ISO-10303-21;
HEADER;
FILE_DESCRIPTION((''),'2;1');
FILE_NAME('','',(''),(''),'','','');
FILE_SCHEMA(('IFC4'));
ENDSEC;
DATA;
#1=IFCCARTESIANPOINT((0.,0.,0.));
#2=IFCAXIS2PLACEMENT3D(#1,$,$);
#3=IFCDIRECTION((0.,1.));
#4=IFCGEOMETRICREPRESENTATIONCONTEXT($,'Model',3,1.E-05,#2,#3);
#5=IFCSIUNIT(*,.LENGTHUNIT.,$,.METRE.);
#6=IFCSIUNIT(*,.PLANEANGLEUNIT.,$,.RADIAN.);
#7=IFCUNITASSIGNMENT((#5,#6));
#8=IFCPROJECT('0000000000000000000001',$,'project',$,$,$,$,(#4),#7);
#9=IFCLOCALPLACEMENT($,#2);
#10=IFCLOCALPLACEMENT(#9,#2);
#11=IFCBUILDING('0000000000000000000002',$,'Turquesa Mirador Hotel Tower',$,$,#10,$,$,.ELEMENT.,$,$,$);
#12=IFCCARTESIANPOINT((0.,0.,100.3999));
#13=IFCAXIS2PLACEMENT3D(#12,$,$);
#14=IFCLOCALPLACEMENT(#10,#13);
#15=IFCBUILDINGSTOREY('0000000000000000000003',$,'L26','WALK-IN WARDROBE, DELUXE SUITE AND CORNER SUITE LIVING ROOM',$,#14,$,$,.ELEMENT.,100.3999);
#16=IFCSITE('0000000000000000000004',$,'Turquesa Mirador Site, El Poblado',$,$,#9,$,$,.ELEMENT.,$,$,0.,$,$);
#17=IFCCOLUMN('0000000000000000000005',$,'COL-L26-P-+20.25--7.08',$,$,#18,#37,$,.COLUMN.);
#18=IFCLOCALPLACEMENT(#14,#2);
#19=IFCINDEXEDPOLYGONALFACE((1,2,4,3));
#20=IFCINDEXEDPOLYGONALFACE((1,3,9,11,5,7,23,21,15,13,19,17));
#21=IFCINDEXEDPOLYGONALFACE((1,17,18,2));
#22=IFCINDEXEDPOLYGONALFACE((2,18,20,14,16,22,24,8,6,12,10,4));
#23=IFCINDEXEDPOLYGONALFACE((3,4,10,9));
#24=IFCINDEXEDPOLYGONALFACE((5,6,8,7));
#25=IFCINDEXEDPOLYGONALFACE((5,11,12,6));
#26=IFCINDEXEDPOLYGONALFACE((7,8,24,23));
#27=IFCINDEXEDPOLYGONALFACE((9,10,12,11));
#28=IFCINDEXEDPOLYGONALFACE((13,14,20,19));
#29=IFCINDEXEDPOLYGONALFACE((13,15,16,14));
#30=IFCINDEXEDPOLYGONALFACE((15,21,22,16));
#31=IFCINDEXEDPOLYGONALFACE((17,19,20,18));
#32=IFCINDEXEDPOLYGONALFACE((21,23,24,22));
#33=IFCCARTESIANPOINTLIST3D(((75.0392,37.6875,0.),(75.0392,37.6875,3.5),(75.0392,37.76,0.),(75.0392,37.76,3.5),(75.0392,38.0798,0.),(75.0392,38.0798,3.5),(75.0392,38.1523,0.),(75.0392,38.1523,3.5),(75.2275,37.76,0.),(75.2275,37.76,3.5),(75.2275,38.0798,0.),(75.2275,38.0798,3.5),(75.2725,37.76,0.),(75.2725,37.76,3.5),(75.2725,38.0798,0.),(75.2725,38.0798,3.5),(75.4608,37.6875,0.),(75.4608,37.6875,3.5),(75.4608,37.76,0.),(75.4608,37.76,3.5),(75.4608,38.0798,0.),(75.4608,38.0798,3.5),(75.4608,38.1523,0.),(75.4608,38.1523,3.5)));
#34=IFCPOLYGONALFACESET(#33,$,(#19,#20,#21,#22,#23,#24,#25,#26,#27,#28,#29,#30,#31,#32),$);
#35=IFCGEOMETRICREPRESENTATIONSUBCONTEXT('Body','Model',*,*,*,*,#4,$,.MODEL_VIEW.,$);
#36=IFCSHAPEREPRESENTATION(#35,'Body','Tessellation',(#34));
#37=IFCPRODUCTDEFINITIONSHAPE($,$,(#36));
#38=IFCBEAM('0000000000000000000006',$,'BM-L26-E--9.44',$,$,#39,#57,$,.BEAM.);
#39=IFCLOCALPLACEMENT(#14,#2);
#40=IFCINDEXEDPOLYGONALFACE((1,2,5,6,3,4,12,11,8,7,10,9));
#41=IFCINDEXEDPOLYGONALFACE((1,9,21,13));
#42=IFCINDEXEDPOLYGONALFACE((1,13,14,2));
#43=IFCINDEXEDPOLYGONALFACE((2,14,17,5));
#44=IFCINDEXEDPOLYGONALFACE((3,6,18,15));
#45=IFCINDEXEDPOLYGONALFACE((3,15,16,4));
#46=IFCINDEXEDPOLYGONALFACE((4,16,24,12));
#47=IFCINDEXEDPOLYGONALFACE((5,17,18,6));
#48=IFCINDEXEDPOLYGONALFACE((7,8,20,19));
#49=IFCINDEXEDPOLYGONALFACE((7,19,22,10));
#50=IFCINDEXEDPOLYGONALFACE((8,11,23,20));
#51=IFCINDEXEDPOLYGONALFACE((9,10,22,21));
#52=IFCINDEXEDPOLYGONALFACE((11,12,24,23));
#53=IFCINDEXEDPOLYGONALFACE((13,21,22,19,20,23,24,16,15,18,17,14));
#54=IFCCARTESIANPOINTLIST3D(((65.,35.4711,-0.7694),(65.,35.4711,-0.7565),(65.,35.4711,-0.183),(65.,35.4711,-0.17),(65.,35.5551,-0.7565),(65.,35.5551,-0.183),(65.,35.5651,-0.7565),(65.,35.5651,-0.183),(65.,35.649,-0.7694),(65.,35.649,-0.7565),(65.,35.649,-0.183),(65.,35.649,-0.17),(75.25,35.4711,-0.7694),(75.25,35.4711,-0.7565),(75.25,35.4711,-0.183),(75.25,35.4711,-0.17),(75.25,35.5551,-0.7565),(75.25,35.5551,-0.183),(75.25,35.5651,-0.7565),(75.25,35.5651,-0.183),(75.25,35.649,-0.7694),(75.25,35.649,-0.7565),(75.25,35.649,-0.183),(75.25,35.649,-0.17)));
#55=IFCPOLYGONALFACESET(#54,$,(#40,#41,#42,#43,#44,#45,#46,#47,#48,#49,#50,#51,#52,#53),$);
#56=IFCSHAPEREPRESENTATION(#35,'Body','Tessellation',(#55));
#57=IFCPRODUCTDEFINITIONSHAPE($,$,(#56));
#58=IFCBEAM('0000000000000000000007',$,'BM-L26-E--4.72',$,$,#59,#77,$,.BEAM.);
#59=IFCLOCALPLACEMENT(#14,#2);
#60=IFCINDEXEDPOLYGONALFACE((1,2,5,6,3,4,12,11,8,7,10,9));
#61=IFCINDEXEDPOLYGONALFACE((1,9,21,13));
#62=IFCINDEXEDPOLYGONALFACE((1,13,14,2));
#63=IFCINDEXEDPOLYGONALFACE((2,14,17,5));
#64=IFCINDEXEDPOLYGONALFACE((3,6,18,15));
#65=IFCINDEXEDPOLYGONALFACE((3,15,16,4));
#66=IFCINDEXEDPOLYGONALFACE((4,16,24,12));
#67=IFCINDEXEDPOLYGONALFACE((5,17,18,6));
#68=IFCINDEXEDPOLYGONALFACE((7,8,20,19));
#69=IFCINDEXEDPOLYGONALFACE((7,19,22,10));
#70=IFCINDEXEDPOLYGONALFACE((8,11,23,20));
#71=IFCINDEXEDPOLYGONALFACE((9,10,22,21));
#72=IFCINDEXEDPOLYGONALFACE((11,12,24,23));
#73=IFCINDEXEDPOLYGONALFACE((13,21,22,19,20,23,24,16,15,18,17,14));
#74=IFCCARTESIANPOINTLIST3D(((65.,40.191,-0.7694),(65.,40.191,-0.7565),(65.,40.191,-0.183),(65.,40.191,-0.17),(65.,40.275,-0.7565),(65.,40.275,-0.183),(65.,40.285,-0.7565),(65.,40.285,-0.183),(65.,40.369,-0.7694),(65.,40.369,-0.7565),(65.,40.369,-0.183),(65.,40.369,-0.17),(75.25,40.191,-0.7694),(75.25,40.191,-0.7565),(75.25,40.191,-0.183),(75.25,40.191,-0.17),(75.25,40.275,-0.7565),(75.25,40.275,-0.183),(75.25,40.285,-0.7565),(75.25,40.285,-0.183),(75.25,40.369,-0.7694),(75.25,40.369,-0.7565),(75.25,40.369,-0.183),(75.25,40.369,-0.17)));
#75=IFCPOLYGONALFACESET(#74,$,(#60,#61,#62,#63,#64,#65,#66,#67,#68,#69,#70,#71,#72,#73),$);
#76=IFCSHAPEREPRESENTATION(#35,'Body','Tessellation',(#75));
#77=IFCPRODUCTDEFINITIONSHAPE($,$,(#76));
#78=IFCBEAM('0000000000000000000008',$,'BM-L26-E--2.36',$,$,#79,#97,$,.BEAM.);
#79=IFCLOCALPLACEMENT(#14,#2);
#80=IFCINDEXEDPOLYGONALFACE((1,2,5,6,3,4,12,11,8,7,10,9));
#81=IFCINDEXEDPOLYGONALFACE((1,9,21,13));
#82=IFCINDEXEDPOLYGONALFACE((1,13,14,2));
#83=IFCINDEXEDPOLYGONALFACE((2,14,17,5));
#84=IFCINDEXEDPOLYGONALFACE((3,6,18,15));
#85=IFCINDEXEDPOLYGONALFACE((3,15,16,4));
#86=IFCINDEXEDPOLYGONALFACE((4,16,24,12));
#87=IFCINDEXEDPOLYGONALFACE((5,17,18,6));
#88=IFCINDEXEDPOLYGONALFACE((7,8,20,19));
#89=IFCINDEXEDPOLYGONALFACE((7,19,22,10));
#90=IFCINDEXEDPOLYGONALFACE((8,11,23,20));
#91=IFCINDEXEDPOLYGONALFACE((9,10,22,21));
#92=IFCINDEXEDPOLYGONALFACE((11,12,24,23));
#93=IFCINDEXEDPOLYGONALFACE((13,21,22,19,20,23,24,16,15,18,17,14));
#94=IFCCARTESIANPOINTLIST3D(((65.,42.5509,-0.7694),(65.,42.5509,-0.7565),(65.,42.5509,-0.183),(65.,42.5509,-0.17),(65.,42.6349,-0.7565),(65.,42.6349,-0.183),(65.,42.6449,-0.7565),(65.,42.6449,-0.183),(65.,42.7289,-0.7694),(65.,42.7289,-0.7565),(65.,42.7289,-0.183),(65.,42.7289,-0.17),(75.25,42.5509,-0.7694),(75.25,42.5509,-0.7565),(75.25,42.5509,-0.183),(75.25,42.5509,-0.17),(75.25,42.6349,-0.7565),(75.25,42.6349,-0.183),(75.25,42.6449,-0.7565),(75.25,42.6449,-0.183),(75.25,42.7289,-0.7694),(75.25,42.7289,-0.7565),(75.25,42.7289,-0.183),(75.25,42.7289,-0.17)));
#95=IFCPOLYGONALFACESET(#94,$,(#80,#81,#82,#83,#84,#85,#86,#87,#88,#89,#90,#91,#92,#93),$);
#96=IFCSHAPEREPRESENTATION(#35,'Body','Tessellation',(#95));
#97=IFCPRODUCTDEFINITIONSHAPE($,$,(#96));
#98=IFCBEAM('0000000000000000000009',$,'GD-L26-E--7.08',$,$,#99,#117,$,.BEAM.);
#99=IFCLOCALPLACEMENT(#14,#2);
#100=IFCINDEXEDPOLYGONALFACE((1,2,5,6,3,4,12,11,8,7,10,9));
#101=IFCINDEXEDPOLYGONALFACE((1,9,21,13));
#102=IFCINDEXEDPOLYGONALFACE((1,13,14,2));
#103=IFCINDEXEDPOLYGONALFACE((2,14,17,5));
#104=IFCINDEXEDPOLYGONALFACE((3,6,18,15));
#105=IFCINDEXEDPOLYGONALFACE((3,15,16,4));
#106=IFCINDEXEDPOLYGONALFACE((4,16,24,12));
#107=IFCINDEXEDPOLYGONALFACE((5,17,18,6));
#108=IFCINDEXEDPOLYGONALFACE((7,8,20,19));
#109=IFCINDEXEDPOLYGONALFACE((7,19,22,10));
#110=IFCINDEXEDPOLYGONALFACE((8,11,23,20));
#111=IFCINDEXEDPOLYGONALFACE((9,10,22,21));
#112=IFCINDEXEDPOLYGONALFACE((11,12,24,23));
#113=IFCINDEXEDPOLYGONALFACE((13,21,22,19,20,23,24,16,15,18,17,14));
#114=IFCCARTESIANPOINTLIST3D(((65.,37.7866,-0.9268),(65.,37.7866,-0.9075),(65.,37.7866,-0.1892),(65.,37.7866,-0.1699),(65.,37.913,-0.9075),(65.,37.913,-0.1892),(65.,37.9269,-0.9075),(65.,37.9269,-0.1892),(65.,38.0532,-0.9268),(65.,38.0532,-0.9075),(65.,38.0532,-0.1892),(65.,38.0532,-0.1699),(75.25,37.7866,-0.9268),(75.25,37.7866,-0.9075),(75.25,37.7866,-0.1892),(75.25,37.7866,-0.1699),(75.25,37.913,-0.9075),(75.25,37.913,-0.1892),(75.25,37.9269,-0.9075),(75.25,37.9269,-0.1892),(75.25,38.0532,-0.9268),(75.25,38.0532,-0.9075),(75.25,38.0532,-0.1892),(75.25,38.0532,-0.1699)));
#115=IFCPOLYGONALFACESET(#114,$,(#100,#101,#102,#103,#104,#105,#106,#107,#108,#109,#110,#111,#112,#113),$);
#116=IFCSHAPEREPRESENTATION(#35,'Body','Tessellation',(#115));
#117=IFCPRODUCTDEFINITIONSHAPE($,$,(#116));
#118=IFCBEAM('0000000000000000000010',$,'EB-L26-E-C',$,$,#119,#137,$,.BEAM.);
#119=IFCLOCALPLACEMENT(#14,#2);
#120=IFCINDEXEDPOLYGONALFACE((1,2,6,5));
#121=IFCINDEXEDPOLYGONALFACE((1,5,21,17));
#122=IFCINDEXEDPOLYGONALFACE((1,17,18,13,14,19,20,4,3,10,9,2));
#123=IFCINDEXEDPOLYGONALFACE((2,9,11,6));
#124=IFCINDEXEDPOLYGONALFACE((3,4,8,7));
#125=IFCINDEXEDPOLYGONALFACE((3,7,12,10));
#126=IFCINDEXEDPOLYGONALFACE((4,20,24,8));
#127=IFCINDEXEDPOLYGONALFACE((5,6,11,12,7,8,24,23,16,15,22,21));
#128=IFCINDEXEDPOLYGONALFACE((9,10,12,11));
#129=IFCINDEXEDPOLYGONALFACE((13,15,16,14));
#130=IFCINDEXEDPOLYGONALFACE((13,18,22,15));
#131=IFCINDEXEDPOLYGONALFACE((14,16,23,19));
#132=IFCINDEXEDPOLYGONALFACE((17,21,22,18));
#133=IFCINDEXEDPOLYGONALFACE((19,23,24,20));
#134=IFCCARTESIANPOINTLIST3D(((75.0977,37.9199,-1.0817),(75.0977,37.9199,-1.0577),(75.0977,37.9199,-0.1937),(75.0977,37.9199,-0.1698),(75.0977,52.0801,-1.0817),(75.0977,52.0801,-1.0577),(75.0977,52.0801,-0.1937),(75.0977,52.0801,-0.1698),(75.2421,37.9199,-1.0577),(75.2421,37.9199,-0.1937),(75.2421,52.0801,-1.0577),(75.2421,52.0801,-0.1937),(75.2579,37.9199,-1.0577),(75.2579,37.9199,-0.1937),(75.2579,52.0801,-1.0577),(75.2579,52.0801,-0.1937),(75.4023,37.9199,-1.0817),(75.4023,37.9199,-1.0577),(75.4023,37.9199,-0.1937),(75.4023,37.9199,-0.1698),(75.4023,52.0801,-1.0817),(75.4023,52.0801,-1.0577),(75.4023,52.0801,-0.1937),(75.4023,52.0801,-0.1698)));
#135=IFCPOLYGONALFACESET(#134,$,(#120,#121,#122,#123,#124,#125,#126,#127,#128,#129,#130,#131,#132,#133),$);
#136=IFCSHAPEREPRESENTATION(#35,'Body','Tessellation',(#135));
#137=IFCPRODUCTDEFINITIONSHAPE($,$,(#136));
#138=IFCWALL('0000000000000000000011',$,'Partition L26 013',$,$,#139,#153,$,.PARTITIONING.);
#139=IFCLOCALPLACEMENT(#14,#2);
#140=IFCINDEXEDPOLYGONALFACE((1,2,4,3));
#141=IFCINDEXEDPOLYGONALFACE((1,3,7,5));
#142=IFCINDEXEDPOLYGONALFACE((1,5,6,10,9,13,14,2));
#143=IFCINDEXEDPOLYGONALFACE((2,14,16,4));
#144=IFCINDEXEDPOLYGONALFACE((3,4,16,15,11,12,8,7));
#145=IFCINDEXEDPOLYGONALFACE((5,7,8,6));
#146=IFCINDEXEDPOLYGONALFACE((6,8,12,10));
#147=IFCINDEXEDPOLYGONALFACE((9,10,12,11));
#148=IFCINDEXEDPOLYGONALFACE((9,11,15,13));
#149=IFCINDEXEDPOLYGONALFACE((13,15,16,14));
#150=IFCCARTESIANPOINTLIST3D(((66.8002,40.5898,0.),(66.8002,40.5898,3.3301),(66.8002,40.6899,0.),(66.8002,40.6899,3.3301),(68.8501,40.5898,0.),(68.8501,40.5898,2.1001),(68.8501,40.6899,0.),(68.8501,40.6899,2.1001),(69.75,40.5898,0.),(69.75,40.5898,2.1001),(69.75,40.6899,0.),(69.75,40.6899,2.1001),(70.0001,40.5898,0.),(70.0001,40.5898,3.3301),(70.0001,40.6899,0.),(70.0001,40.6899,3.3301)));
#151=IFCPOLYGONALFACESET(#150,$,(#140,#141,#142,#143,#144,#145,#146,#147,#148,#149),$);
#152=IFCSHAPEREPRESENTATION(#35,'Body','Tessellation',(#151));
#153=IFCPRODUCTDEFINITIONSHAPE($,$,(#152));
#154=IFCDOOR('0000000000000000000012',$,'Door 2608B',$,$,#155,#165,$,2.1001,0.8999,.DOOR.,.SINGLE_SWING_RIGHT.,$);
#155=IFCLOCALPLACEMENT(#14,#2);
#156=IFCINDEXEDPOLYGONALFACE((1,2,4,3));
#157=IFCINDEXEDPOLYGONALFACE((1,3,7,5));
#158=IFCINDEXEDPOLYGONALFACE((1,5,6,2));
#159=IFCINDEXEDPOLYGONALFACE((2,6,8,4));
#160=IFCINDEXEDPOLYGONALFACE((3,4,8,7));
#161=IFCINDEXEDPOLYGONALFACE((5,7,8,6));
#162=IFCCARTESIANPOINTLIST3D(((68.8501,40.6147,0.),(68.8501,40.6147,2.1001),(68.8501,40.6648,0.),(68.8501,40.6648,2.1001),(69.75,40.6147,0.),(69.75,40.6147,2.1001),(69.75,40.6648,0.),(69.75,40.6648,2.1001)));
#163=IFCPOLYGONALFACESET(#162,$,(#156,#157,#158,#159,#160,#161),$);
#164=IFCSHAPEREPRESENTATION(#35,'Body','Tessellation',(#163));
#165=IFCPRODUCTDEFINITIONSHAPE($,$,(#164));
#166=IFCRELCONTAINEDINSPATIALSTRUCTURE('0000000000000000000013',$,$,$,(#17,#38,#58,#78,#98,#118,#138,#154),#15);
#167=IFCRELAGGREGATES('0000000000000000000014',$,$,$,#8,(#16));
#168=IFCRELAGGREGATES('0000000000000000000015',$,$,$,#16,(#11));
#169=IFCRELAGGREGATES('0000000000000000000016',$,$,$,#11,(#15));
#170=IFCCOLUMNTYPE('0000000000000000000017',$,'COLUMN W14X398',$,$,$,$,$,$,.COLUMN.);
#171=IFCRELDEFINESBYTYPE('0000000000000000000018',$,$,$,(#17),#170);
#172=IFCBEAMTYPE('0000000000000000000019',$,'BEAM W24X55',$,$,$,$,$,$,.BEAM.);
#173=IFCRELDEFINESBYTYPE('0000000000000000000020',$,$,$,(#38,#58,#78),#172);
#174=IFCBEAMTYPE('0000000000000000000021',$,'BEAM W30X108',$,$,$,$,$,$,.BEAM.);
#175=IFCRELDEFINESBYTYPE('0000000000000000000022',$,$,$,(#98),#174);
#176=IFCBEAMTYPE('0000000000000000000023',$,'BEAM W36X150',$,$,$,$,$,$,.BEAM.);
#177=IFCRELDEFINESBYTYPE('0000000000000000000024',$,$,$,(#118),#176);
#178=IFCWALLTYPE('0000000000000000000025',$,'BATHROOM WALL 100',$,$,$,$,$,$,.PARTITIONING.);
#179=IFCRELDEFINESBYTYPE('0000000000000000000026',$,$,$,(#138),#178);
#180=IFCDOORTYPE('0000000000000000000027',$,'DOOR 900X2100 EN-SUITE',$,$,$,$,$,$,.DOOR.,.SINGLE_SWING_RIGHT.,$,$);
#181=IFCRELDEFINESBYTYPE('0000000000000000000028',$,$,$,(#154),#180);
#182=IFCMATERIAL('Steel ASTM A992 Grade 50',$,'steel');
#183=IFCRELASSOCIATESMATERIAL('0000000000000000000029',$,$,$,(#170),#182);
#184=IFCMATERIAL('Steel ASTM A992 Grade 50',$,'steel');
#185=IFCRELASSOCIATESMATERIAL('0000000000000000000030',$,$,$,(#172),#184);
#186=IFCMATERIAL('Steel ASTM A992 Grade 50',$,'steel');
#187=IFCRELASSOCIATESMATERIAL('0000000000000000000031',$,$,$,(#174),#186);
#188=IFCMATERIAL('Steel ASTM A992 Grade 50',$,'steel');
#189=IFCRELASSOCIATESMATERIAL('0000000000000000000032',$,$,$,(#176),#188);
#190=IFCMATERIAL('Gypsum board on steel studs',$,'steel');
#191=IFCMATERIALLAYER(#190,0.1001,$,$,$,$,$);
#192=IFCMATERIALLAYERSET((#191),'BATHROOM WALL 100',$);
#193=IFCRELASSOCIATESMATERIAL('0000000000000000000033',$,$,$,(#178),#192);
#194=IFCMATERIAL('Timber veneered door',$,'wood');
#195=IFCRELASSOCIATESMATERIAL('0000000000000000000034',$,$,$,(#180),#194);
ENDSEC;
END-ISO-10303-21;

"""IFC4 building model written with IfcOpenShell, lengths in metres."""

from ifc_helpers import new_model, si_unit, direction, frame, frame_2d, origin, origin_2d, place, context, subcontext, project, spatial, rectangle, i_section, extrude, material, layer, layer_set, material_profile, profile_set, type_object, element, fill, save


model = new_model("IFC4")

# Units and contexts
model_context = context("Model", 3, precision=1e-05, world=origin(), true_north=direction((0.0, 1.0)))
body_context = subcontext(model_context, "Body", "Model", "MODEL_VIEW")
ifc_project = project(units=[si_unit("LENGTHUNIT", "METRE"), si_unit("PLANEANGLEUNIT", "RADIAN")], contexts=[model_context])

# Site, building, storey
site_placement = place(None, origin())
site = spatial("IfcSite", under=ifc_project, at=site_placement, Name="Turquesa Mirador Site, El Poblado", CompositionType="ELEMENT", RefElevation=0.0)
building_placement = place(site_placement, origin())
building = spatial("IfcBuilding", under=site, at=building_placement, Name="Turquesa Mirador Hotel Tower", CompositionType="ELEMENT")
storey_placement = place(building_placement, frame((0.0, 0.0, 100.3999)))
storey = spatial("IfcBuildingStorey", under=building, at=storey_placement, Name="L26", Description="WALK-IN WARDROBE, DELUXE SUITE AND CORNER SUITE LIVING ROOM", CompositionType="ELEMENT", Elevation=100.3999)

# Column
ifc_material_1 = material(Name="Steel ASTM A992 Grade 50", Category="steel")
ifc_material_profile_1 = material_profile(ifc_material_1, i_section(OverallWidth=0.4216, OverallDepth=0.4648, WebThickness=0.0449, FlangeThickness=0.0725, at=origin_2d()), Name="W14X398")
ifc_profile_set_1 = profile_set([ifc_material_profile_1], Name="Steel ASTM A992 Grade 50")
column_type = type_object("IfcColumnType", Name="COLUMN W14X398", PredefinedType="COLUMN", material=ifc_profile_set_1)
column_placement = place(storey_placement, frame((75.25, 37.9199, 0.0), z_axis=(0.0, 0.0, 1.0), x_axis=(1.0, 0.0, 0.0)))
element("IfcColumn", 1, at=column_placement, inside=storey, type_object=column_type, Name="COL-L26-P-+20.25--7.08", PredefinedType="COLUMN", context=body_context, shape_type="SweptSolid", body=[
    extrude(i_section(OverallWidth=0.4216, OverallDepth=0.4648, WebThickness=0.0449, FlangeThickness=0.0725, at=origin_2d()), origin(), (0.0, 0.0, 1.0), 3.5),
])

# Beams
ifc_material_2 = material(Name="Steel ASTM A992 Grade 50", Category="steel")
ifc_material_profile_2 = material_profile(ifc_material_2, i_section(OverallWidth=0.178, OverallDepth=0.5994, WebThickness=0.01, FlangeThickness=0.0129, at=origin_2d()), Name="W24X55")
ifc_profile_set_2 = profile_set([ifc_material_profile_2], Name="Steel ASTM A992 Grade 50")
beam_type_1 = type_object("IfcBeamType", Name="BEAM W24X55", PredefinedType="BEAM", material=ifc_profile_set_2)
for number, where, z_axis, x_axis, name in (
    (2, (75.25, 35.5601, -0.4697), (-1.0, 0.0, 0.0), (0.0, -1.0, 0.0), "BM-L26-E--9.44"),
    (3, (75.25, 40.28, -0.4697), (-1.0, 0.0, 0.0), (0.0, -1.0, 0.0), "BM-L26-E--4.72"),
    (4, (75.25, 42.6399, -0.4697), (-1.0, 0.0, 0.0), (0.0, -1.0, 0.0), "BM-L26-E--2.36"),
):
    element("IfcBeam", number, at=place(storey_placement, frame(where, z_axis=z_axis, x_axis=x_axis)), inside=storey, type_object=beam_type_1, Name=name, PredefinedType="BEAM", context=body_context, shape_type="SweptSolid", body=[
        extrude(i_section(OverallWidth=0.178, OverallDepth=0.5994, WebThickness=0.01, FlangeThickness=0.0129, at=origin_2d()), origin(), (0.0, 0.0, 1.0), 10.25),
    ])
ifc_material_3 = material(Name="Steel ASTM A992 Grade 50", Category="steel")
ifc_material_profile_3 = material_profile(ifc_material_3, i_section(OverallWidth=0.2666, OverallDepth=0.7568, WebThickness=0.0139, FlangeThickness=0.0193, at=origin_2d()), Name="W30X108")
ifc_profile_set_3 = profile_set([ifc_material_profile_3], Name="Steel ASTM A992 Grade 50")
beam_type_2 = type_object("IfcBeamType", Name="BEAM W30X108", PredefinedType="BEAM", material=ifc_profile_set_3)
beam_1_placement = place(storey_placement, frame((75.25, 37.9199, -0.5483), z_axis=(-1.0, 0.0, 0.0), x_axis=(0.0, -1.0, 0.0)))
element("IfcBeam", 5, at=beam_1_placement, inside=storey, type_object=beam_type_2, Name="GD-L26-E--7.08", PredefinedType="BEAM", context=body_context, shape_type="SweptSolid", body=[
    extrude(i_section(OverallWidth=0.2666, OverallDepth=0.7568, WebThickness=0.0139, FlangeThickness=0.0193, at=origin_2d()), origin(), (0.0, 0.0, 1.0), 10.25),
])
ifc_material_4 = material(Name="Steel ASTM A992 Grade 50", Category="steel")
ifc_material_profile_4 = material_profile(ifc_material_4, i_section(OverallWidth=0.3047, OverallDepth=0.9119, WebThickness=0.0159, FlangeThickness=0.0239, at=origin_2d()), Name="W36X150")
ifc_profile_set_4 = profile_set([ifc_material_profile_4], Name="Steel ASTM A992 Grade 50")
beam_type_3 = type_object("IfcBeamType", Name="BEAM W36X150", PredefinedType="BEAM", material=ifc_profile_set_4)
beam_2_placement = place(storey_placement, frame((75.25, 37.9199, -0.6257), z_axis=(0.0, 1.0, 0.0), x_axis=(-1.0, 0.0, 0.0)))
element("IfcBeam", 6, at=beam_2_placement, inside=storey, type_object=beam_type_3, Name="EB-L26-E-C", PredefinedType="BEAM", context=body_context, shape_type="SweptSolid", body=[
    extrude(i_section(OverallWidth=0.3047, OverallDepth=0.9119, WebThickness=0.0159, FlangeThickness=0.0239, at=origin_2d()), origin(), (0.0, 0.0, 1.0), 14.1602),
])

# Wall, opening, door
ifc_material_5 = material(Name="Gypsum board on steel studs", Category="steel")
ifc_layer_1 = layer(ifc_material_5, 0.1001)
ifc_layer_set_1 = layer_set([ifc_layer_1], Name="BATHROOM WALL 100")
wall_type_1 = type_object("IfcWallType", Name="BATHROOM WALL 100", PredefinedType="PARTITIONING", material=ifc_layer_set_1)
wall_1_placement = place(storey_placement, frame((66.8, 40.6399, 0.0), z_axis=(0.0, 0.0, 1.0), x_axis=(1.0, 0.0, 0.0)))
wall_1 = element("IfcWall", 7, at=wall_1_placement, inside=storey, type_object=wall_type_1, Name="Partition L26 013", PredefinedType="PARTITIONING", context=body_context, shape_type="SweptSolid", body=[
    extrude(rectangle(XDim=3.2, YDim=0.1001, at=frame_2d((1.6001, 0.0))), origin(), (0.0, 0.0, 1.0), 3.3301),
])
opening_1_placement = place(wall_1_placement, frame((2.05, 0.0, 0.0)))
opening_1 = element("IfcOpeningElement", 8, at=opening_1_placement, cuts=wall_1, PredefinedType="OPENING", context=body_context, shape_type="SweptSolid", body=[
    extrude(rectangle(XDim=0.8999, YDim=2.1001, at=frame_2d((0.45, 1.05))), frame((0.0, 0.0601, 0.0), z_axis=(0.0, -1.0, 0.0), x_axis=(1.0, 0.0, 0.0)), (0.0, 0.0, 1.0), 0.1201),
])
ifc_material_6 = material(Name="Timber veneered door", Category="wood")
door_type_1 = type_object("IfcDoorType", Name="DOOR 900X2100 EN-SUITE", OperationType="SINGLE_SWING_RIGHT", PredefinedType="DOOR", material=ifc_material_6)
door_1_placement = place(opening_1_placement, origin())
door_1 = element("IfcDoor", 9, at=door_1_placement, inside=storey, type_object=door_type_1, Name="Door 2608B", OperationType="SINGLE_SWING_RIGHT", OverallHeight=2.1001, OverallWidth=0.8999, PredefinedType="DOOR", context=body_context, shape_type="SweptSolid", body=[
    extrude(rectangle(XDim=0.8999, YDim=2.1001, at=frame_2d((0.45, 1.05))), frame((0.0, 0.0249, 0.0), z_axis=(0.0, -1.0, 0.0), x_axis=(1.0, 0.0, 0.0)), (0.0, 0.0, 1.0), 0.05),
])
fill(opening_1, door_1)

save(model, "model.ifc")
